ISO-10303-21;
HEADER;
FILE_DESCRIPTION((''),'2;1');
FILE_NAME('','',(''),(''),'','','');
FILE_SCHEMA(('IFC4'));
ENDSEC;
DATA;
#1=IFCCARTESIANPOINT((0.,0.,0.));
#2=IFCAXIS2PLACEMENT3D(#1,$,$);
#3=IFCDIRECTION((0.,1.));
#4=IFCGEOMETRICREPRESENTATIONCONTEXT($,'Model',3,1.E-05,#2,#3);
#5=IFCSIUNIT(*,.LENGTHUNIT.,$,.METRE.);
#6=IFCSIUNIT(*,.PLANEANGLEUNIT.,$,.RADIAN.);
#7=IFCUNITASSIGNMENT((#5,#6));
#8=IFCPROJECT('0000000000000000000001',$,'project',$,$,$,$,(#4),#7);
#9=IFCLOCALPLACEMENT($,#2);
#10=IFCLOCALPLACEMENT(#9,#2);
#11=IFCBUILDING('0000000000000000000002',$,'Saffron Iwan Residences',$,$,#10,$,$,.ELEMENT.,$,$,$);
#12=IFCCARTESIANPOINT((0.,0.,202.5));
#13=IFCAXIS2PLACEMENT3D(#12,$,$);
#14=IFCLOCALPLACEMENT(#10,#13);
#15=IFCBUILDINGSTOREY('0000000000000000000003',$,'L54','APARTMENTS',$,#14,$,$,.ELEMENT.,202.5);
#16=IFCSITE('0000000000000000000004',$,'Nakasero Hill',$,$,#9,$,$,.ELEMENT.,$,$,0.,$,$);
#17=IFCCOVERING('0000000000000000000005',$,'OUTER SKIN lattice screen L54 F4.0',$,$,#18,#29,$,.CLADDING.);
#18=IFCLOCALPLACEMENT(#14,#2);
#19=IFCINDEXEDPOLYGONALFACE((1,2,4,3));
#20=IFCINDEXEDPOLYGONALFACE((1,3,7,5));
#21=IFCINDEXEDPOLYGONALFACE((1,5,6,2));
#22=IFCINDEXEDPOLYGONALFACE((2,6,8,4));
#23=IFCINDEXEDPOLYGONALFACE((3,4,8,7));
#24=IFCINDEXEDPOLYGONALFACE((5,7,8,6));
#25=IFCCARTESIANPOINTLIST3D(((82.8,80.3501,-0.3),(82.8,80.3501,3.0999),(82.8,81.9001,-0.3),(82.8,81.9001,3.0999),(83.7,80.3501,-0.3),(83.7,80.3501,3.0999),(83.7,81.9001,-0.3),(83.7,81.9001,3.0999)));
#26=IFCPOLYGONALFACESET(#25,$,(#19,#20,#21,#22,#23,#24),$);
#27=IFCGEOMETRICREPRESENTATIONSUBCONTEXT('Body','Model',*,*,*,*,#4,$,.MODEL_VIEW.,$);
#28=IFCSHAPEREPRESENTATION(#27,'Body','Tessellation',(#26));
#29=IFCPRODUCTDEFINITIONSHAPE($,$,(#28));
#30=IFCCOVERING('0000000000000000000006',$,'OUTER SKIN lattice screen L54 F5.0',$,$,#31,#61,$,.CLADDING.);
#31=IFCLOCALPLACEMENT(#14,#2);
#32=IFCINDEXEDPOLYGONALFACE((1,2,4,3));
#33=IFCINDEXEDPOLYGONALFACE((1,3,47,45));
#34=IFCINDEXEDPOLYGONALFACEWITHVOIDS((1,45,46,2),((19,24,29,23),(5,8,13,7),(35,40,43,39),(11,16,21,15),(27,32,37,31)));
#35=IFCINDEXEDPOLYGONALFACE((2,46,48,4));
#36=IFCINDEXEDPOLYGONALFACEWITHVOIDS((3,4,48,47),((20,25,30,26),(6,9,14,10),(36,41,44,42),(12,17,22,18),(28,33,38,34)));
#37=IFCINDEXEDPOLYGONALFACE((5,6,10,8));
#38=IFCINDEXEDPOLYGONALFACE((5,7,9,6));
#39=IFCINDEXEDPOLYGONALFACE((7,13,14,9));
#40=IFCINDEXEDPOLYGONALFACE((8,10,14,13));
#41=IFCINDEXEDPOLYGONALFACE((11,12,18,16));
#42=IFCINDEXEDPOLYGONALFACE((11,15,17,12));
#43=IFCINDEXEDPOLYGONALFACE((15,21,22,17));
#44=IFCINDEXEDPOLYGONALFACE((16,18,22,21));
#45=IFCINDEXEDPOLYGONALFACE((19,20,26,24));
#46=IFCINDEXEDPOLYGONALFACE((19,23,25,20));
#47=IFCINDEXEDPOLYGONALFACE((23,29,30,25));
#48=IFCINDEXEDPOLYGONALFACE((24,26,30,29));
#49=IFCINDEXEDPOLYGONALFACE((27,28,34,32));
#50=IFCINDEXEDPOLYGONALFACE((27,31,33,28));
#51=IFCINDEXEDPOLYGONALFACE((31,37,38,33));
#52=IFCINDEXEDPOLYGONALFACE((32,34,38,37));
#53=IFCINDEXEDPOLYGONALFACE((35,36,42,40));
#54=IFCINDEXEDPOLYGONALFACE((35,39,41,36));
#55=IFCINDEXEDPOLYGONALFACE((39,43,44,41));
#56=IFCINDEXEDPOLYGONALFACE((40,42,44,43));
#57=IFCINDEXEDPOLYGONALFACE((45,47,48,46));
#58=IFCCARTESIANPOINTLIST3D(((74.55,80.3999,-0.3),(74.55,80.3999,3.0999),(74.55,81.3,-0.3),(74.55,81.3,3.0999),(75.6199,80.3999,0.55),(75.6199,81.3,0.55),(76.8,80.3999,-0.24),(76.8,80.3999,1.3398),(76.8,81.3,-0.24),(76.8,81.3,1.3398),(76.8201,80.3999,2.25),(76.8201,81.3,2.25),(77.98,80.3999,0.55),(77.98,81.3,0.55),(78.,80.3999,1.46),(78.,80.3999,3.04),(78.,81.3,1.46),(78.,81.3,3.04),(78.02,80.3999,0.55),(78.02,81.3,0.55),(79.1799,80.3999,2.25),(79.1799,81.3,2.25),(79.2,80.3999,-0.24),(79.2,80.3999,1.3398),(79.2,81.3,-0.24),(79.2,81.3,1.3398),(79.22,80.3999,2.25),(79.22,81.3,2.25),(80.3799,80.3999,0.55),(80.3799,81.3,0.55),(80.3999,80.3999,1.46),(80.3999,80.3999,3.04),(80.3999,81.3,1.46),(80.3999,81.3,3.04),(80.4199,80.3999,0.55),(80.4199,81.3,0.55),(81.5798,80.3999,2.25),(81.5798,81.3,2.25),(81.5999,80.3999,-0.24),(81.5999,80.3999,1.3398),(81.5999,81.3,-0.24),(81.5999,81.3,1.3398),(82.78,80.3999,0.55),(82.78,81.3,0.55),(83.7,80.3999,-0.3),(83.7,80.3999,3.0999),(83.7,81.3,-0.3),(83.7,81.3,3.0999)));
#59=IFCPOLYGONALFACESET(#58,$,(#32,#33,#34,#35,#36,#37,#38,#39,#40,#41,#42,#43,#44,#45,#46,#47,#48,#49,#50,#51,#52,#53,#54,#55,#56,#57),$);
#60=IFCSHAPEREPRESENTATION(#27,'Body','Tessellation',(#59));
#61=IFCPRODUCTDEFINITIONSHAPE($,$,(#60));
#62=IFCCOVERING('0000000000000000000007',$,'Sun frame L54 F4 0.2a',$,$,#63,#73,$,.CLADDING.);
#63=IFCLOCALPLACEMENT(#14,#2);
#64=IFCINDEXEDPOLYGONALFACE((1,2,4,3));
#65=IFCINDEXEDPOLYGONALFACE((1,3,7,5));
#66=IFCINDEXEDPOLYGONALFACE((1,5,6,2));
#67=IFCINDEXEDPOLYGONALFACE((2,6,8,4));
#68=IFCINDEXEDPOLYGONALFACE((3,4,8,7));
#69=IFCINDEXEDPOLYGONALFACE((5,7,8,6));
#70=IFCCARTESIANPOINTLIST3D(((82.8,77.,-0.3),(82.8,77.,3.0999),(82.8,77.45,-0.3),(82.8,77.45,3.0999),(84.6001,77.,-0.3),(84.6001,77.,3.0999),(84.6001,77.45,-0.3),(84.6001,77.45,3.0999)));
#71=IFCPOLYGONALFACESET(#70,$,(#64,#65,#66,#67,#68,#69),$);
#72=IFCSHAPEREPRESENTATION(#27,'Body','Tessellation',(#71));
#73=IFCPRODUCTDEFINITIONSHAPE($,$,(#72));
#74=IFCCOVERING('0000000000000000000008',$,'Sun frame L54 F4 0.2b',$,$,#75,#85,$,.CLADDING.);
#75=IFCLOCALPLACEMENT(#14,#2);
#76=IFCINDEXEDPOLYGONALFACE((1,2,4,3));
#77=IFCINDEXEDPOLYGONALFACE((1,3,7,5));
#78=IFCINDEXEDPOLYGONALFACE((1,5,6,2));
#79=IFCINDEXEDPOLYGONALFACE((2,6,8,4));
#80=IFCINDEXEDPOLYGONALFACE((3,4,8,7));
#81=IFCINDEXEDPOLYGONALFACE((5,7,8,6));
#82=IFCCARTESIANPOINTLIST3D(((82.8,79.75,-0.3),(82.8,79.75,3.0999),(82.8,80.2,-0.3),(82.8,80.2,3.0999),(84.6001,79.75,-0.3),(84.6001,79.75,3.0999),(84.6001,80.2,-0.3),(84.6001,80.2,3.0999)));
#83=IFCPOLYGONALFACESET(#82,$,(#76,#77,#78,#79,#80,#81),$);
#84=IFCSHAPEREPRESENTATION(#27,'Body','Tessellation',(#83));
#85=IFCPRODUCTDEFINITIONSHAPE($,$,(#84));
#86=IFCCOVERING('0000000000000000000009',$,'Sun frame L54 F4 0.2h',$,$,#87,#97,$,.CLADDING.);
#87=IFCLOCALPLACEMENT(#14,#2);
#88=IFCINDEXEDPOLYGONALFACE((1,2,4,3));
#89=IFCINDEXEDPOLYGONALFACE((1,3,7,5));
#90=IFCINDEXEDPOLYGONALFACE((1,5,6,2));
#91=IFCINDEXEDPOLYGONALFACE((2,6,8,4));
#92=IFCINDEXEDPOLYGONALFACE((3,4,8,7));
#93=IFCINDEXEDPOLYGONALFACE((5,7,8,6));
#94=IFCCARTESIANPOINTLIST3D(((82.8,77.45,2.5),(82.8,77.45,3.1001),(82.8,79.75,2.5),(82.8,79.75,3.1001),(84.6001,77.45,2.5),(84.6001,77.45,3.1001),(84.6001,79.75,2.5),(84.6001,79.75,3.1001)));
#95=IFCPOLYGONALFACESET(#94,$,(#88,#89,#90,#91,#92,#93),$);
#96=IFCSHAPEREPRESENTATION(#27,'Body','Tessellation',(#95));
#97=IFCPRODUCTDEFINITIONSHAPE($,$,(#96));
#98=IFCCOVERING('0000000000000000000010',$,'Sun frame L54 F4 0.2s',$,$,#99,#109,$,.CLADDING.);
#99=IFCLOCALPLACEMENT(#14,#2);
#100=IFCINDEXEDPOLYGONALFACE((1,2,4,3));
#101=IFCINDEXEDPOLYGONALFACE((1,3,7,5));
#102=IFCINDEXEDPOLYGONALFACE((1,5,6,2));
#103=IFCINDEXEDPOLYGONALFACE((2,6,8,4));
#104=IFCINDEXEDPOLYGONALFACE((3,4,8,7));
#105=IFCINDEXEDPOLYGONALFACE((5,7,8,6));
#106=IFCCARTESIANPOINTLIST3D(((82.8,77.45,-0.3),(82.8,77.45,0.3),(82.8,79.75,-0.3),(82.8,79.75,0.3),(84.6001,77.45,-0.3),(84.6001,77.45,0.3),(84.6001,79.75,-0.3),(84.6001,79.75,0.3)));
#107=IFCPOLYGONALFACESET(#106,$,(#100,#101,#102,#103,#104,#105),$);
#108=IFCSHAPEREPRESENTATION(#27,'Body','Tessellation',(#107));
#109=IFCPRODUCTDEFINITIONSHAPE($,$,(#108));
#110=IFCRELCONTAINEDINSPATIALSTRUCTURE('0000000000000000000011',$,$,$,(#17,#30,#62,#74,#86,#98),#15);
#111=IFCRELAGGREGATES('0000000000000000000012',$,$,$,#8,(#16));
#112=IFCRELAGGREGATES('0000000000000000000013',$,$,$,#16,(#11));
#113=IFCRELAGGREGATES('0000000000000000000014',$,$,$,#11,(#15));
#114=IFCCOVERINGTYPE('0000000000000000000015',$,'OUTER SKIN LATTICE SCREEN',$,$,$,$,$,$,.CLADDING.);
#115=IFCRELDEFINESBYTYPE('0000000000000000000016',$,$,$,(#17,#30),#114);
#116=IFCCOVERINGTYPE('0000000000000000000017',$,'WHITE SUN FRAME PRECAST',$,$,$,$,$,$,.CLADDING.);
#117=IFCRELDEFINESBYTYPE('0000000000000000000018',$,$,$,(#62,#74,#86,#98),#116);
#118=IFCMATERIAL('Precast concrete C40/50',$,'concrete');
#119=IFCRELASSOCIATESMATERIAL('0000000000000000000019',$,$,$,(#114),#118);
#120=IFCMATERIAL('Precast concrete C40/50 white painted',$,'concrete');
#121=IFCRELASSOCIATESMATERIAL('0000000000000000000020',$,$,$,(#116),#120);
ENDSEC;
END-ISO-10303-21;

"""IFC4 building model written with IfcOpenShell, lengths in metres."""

from ifc_helpers import new_model, si_unit, direction, frame, origin, place, context, subcontext, project, spatial, polyline, outline, extrude, material, type_object, element, save


model = new_model("IFC4")

# Units and contexts
model_context = context("Model", 3, precision=1e-05, world=origin(), true_north=direction((0.0, 1.0)))
body_context = subcontext(model_context, "Body", "Model", "MODEL_VIEW")
ifc_project = project(units=[si_unit("LENGTHUNIT", "METRE"), si_unit("PLANEANGLEUNIT", "RADIAN")], contexts=[model_context])

# Site, building, storey
site_placement = place(None, origin())
site = spatial("IfcSite", under=ifc_project, at=site_placement, Name="Nakasero Hill", CompositionType="ELEMENT", RefElevation=0.0)
building_placement = place(site_placement, origin())
building = spatial("IfcBuilding", under=site, at=building_placement, Name="Saffron Iwan Residences", CompositionType="ELEMENT")
storey_placement = place(building_placement, frame((0.0, 0.0, 202.5)))
storey = spatial("IfcBuildingStorey", under=building, at=storey_placement, Name="L54", Description="APARTMENTS", CompositionType="ELEMENT", Elevation=202.5)

# Coverings
ifc_material_1 = material(Name="Precast concrete C40/50", Category="concrete")
covering_type_1 = type_object("IfcCoveringType", Name="OUTER SKIN LATTICE SCREEN", PredefinedType="CLADDING", material=ifc_material_1)
covering_1_placement = place(storey_placement, frame((82.8, 80.3501, -0.3), z_axis=(1.0, 0.0, 0.0), x_axis=(0.0, 1.0, 0.0)))
element("IfcCovering", 1, at=covering_1_placement, inside=storey, type_object=covering_type_1, Name="OUTER SKIN lattice screen L54 F4.0", PredefinedType="CLADDING", context=body_context, shape_type="SweptSolid", body=[
    extrude(outline(polyline([(0.0, 0.0), (1.55, 0.0), (1.55, 3.3999), (0.0, 3.3999), (0.0, 0.0)])), origin(), (0.0, 0.0, 1.0), 0.8999),
])
covering_2_placement = place(storey_placement, frame((83.7, 80.3999, -0.3), z_axis=(0.0, 1.0, 0.0), x_axis=(-1.0, 0.0, 0.0)))
element("IfcCovering", 2, at=covering_2_placement, inside=storey, type_object=covering_type_1, Name="OUTER SKIN lattice screen L54 F5.0", PredefinedType="CLADDING", context=body_context, shape_type="SweptSolid", body=[
    extrude(outline(polyline([(0.0, 0.0), (9.1499, 0.0), (9.1499, 3.3999), (0.0, 3.3999), (0.0, 0.0)]), holes=[polyline([(0.9199, 0.8501), (2.1001, 0.0601), (3.28, 0.8501), (2.1001, 1.6399), (0.9199, 0.8501)]), polyline([(3.3201, 0.8501), (4.5, 0.0601), (5.6799, 0.8501), (4.5, 1.6399), (3.3201, 0.8501)]), polyline([(5.72, 0.8501), (6.8999, 0.0601), (8.0801, 0.8501), (6.8999, 1.6399), (5.72, 0.8501)]), polyline([(2.1201, 2.55), (3.3, 1.76), (4.48, 2.55), (3.3, 3.3401), (2.1201, 2.55)]), polyline([(4.52, 2.55), (5.7, 1.76), (6.8799, 2.55), (5.7, 3.3401), (4.52, 2.55)])]), origin(), (0.0, 0.0, 1.0), 0.9001),
])
ifc_material_2 = material(Name="Precast concrete C40/50 white painted", Category="concrete")
covering_type_2 = type_object("IfcCoveringType", Name="WHITE SUN FRAME PRECAST", PredefinedType="CLADDING", material=ifc_material_2)
for number, where, z_axis, x_axis, name in (
    (3, (82.8, 77.0, -0.3), (1.0, 0.0, 0.0), (0.0, 1.0, 0.0), "Sun frame L54 F4 0.2a"),
    (4, (82.8, 79.75, -0.3), (1.0, 0.0, 0.0), (0.0, 1.0, 0.0), "Sun frame L54 F4 0.2b"),
):
    element("IfcCovering", number, at=place(storey_placement, frame(where, z_axis=z_axis, x_axis=x_axis)), inside=storey, type_object=covering_type_2, Name=name, PredefinedType="CLADDING", context=body_context, shape_type="SweptSolid", body=[
        extrude(outline(polyline([(0.0, 0.0), (0.45, 0.0), (0.45, 3.3999), (0.0, 3.3999), (0.0, 0.0)])), origin(), (0.0, 0.0, 1.0), 1.8),
    ])
for number, where, z_axis, x_axis, name in (
    (5, (82.8, 77.45, 2.5), (1.0, 0.0, 0.0), (0.0, 1.0, 0.0), "Sun frame L54 F4 0.2h"),
    (6, (82.8, 77.45, -0.3), (1.0, 0.0, 0.0), (0.0, 1.0, 0.0), "Sun frame L54 F4 0.2s"),
):
    element("IfcCovering", number, at=place(storey_placement, frame(where, z_axis=z_axis, x_axis=x_axis)), inside=storey, type_object=covering_type_2, Name=name, PredefinedType="CLADDING", context=body_context, shape_type="SweptSolid", body=[
        extrude(outline(polyline([(0.0, 0.0), (2.3, 0.0), (2.3, 0.6001), (0.0, 0.6001), (0.0, 0.0)])), origin(), (0.0, 0.0, 1.0), 1.8),
    ])

save(model, "model.ifc")
